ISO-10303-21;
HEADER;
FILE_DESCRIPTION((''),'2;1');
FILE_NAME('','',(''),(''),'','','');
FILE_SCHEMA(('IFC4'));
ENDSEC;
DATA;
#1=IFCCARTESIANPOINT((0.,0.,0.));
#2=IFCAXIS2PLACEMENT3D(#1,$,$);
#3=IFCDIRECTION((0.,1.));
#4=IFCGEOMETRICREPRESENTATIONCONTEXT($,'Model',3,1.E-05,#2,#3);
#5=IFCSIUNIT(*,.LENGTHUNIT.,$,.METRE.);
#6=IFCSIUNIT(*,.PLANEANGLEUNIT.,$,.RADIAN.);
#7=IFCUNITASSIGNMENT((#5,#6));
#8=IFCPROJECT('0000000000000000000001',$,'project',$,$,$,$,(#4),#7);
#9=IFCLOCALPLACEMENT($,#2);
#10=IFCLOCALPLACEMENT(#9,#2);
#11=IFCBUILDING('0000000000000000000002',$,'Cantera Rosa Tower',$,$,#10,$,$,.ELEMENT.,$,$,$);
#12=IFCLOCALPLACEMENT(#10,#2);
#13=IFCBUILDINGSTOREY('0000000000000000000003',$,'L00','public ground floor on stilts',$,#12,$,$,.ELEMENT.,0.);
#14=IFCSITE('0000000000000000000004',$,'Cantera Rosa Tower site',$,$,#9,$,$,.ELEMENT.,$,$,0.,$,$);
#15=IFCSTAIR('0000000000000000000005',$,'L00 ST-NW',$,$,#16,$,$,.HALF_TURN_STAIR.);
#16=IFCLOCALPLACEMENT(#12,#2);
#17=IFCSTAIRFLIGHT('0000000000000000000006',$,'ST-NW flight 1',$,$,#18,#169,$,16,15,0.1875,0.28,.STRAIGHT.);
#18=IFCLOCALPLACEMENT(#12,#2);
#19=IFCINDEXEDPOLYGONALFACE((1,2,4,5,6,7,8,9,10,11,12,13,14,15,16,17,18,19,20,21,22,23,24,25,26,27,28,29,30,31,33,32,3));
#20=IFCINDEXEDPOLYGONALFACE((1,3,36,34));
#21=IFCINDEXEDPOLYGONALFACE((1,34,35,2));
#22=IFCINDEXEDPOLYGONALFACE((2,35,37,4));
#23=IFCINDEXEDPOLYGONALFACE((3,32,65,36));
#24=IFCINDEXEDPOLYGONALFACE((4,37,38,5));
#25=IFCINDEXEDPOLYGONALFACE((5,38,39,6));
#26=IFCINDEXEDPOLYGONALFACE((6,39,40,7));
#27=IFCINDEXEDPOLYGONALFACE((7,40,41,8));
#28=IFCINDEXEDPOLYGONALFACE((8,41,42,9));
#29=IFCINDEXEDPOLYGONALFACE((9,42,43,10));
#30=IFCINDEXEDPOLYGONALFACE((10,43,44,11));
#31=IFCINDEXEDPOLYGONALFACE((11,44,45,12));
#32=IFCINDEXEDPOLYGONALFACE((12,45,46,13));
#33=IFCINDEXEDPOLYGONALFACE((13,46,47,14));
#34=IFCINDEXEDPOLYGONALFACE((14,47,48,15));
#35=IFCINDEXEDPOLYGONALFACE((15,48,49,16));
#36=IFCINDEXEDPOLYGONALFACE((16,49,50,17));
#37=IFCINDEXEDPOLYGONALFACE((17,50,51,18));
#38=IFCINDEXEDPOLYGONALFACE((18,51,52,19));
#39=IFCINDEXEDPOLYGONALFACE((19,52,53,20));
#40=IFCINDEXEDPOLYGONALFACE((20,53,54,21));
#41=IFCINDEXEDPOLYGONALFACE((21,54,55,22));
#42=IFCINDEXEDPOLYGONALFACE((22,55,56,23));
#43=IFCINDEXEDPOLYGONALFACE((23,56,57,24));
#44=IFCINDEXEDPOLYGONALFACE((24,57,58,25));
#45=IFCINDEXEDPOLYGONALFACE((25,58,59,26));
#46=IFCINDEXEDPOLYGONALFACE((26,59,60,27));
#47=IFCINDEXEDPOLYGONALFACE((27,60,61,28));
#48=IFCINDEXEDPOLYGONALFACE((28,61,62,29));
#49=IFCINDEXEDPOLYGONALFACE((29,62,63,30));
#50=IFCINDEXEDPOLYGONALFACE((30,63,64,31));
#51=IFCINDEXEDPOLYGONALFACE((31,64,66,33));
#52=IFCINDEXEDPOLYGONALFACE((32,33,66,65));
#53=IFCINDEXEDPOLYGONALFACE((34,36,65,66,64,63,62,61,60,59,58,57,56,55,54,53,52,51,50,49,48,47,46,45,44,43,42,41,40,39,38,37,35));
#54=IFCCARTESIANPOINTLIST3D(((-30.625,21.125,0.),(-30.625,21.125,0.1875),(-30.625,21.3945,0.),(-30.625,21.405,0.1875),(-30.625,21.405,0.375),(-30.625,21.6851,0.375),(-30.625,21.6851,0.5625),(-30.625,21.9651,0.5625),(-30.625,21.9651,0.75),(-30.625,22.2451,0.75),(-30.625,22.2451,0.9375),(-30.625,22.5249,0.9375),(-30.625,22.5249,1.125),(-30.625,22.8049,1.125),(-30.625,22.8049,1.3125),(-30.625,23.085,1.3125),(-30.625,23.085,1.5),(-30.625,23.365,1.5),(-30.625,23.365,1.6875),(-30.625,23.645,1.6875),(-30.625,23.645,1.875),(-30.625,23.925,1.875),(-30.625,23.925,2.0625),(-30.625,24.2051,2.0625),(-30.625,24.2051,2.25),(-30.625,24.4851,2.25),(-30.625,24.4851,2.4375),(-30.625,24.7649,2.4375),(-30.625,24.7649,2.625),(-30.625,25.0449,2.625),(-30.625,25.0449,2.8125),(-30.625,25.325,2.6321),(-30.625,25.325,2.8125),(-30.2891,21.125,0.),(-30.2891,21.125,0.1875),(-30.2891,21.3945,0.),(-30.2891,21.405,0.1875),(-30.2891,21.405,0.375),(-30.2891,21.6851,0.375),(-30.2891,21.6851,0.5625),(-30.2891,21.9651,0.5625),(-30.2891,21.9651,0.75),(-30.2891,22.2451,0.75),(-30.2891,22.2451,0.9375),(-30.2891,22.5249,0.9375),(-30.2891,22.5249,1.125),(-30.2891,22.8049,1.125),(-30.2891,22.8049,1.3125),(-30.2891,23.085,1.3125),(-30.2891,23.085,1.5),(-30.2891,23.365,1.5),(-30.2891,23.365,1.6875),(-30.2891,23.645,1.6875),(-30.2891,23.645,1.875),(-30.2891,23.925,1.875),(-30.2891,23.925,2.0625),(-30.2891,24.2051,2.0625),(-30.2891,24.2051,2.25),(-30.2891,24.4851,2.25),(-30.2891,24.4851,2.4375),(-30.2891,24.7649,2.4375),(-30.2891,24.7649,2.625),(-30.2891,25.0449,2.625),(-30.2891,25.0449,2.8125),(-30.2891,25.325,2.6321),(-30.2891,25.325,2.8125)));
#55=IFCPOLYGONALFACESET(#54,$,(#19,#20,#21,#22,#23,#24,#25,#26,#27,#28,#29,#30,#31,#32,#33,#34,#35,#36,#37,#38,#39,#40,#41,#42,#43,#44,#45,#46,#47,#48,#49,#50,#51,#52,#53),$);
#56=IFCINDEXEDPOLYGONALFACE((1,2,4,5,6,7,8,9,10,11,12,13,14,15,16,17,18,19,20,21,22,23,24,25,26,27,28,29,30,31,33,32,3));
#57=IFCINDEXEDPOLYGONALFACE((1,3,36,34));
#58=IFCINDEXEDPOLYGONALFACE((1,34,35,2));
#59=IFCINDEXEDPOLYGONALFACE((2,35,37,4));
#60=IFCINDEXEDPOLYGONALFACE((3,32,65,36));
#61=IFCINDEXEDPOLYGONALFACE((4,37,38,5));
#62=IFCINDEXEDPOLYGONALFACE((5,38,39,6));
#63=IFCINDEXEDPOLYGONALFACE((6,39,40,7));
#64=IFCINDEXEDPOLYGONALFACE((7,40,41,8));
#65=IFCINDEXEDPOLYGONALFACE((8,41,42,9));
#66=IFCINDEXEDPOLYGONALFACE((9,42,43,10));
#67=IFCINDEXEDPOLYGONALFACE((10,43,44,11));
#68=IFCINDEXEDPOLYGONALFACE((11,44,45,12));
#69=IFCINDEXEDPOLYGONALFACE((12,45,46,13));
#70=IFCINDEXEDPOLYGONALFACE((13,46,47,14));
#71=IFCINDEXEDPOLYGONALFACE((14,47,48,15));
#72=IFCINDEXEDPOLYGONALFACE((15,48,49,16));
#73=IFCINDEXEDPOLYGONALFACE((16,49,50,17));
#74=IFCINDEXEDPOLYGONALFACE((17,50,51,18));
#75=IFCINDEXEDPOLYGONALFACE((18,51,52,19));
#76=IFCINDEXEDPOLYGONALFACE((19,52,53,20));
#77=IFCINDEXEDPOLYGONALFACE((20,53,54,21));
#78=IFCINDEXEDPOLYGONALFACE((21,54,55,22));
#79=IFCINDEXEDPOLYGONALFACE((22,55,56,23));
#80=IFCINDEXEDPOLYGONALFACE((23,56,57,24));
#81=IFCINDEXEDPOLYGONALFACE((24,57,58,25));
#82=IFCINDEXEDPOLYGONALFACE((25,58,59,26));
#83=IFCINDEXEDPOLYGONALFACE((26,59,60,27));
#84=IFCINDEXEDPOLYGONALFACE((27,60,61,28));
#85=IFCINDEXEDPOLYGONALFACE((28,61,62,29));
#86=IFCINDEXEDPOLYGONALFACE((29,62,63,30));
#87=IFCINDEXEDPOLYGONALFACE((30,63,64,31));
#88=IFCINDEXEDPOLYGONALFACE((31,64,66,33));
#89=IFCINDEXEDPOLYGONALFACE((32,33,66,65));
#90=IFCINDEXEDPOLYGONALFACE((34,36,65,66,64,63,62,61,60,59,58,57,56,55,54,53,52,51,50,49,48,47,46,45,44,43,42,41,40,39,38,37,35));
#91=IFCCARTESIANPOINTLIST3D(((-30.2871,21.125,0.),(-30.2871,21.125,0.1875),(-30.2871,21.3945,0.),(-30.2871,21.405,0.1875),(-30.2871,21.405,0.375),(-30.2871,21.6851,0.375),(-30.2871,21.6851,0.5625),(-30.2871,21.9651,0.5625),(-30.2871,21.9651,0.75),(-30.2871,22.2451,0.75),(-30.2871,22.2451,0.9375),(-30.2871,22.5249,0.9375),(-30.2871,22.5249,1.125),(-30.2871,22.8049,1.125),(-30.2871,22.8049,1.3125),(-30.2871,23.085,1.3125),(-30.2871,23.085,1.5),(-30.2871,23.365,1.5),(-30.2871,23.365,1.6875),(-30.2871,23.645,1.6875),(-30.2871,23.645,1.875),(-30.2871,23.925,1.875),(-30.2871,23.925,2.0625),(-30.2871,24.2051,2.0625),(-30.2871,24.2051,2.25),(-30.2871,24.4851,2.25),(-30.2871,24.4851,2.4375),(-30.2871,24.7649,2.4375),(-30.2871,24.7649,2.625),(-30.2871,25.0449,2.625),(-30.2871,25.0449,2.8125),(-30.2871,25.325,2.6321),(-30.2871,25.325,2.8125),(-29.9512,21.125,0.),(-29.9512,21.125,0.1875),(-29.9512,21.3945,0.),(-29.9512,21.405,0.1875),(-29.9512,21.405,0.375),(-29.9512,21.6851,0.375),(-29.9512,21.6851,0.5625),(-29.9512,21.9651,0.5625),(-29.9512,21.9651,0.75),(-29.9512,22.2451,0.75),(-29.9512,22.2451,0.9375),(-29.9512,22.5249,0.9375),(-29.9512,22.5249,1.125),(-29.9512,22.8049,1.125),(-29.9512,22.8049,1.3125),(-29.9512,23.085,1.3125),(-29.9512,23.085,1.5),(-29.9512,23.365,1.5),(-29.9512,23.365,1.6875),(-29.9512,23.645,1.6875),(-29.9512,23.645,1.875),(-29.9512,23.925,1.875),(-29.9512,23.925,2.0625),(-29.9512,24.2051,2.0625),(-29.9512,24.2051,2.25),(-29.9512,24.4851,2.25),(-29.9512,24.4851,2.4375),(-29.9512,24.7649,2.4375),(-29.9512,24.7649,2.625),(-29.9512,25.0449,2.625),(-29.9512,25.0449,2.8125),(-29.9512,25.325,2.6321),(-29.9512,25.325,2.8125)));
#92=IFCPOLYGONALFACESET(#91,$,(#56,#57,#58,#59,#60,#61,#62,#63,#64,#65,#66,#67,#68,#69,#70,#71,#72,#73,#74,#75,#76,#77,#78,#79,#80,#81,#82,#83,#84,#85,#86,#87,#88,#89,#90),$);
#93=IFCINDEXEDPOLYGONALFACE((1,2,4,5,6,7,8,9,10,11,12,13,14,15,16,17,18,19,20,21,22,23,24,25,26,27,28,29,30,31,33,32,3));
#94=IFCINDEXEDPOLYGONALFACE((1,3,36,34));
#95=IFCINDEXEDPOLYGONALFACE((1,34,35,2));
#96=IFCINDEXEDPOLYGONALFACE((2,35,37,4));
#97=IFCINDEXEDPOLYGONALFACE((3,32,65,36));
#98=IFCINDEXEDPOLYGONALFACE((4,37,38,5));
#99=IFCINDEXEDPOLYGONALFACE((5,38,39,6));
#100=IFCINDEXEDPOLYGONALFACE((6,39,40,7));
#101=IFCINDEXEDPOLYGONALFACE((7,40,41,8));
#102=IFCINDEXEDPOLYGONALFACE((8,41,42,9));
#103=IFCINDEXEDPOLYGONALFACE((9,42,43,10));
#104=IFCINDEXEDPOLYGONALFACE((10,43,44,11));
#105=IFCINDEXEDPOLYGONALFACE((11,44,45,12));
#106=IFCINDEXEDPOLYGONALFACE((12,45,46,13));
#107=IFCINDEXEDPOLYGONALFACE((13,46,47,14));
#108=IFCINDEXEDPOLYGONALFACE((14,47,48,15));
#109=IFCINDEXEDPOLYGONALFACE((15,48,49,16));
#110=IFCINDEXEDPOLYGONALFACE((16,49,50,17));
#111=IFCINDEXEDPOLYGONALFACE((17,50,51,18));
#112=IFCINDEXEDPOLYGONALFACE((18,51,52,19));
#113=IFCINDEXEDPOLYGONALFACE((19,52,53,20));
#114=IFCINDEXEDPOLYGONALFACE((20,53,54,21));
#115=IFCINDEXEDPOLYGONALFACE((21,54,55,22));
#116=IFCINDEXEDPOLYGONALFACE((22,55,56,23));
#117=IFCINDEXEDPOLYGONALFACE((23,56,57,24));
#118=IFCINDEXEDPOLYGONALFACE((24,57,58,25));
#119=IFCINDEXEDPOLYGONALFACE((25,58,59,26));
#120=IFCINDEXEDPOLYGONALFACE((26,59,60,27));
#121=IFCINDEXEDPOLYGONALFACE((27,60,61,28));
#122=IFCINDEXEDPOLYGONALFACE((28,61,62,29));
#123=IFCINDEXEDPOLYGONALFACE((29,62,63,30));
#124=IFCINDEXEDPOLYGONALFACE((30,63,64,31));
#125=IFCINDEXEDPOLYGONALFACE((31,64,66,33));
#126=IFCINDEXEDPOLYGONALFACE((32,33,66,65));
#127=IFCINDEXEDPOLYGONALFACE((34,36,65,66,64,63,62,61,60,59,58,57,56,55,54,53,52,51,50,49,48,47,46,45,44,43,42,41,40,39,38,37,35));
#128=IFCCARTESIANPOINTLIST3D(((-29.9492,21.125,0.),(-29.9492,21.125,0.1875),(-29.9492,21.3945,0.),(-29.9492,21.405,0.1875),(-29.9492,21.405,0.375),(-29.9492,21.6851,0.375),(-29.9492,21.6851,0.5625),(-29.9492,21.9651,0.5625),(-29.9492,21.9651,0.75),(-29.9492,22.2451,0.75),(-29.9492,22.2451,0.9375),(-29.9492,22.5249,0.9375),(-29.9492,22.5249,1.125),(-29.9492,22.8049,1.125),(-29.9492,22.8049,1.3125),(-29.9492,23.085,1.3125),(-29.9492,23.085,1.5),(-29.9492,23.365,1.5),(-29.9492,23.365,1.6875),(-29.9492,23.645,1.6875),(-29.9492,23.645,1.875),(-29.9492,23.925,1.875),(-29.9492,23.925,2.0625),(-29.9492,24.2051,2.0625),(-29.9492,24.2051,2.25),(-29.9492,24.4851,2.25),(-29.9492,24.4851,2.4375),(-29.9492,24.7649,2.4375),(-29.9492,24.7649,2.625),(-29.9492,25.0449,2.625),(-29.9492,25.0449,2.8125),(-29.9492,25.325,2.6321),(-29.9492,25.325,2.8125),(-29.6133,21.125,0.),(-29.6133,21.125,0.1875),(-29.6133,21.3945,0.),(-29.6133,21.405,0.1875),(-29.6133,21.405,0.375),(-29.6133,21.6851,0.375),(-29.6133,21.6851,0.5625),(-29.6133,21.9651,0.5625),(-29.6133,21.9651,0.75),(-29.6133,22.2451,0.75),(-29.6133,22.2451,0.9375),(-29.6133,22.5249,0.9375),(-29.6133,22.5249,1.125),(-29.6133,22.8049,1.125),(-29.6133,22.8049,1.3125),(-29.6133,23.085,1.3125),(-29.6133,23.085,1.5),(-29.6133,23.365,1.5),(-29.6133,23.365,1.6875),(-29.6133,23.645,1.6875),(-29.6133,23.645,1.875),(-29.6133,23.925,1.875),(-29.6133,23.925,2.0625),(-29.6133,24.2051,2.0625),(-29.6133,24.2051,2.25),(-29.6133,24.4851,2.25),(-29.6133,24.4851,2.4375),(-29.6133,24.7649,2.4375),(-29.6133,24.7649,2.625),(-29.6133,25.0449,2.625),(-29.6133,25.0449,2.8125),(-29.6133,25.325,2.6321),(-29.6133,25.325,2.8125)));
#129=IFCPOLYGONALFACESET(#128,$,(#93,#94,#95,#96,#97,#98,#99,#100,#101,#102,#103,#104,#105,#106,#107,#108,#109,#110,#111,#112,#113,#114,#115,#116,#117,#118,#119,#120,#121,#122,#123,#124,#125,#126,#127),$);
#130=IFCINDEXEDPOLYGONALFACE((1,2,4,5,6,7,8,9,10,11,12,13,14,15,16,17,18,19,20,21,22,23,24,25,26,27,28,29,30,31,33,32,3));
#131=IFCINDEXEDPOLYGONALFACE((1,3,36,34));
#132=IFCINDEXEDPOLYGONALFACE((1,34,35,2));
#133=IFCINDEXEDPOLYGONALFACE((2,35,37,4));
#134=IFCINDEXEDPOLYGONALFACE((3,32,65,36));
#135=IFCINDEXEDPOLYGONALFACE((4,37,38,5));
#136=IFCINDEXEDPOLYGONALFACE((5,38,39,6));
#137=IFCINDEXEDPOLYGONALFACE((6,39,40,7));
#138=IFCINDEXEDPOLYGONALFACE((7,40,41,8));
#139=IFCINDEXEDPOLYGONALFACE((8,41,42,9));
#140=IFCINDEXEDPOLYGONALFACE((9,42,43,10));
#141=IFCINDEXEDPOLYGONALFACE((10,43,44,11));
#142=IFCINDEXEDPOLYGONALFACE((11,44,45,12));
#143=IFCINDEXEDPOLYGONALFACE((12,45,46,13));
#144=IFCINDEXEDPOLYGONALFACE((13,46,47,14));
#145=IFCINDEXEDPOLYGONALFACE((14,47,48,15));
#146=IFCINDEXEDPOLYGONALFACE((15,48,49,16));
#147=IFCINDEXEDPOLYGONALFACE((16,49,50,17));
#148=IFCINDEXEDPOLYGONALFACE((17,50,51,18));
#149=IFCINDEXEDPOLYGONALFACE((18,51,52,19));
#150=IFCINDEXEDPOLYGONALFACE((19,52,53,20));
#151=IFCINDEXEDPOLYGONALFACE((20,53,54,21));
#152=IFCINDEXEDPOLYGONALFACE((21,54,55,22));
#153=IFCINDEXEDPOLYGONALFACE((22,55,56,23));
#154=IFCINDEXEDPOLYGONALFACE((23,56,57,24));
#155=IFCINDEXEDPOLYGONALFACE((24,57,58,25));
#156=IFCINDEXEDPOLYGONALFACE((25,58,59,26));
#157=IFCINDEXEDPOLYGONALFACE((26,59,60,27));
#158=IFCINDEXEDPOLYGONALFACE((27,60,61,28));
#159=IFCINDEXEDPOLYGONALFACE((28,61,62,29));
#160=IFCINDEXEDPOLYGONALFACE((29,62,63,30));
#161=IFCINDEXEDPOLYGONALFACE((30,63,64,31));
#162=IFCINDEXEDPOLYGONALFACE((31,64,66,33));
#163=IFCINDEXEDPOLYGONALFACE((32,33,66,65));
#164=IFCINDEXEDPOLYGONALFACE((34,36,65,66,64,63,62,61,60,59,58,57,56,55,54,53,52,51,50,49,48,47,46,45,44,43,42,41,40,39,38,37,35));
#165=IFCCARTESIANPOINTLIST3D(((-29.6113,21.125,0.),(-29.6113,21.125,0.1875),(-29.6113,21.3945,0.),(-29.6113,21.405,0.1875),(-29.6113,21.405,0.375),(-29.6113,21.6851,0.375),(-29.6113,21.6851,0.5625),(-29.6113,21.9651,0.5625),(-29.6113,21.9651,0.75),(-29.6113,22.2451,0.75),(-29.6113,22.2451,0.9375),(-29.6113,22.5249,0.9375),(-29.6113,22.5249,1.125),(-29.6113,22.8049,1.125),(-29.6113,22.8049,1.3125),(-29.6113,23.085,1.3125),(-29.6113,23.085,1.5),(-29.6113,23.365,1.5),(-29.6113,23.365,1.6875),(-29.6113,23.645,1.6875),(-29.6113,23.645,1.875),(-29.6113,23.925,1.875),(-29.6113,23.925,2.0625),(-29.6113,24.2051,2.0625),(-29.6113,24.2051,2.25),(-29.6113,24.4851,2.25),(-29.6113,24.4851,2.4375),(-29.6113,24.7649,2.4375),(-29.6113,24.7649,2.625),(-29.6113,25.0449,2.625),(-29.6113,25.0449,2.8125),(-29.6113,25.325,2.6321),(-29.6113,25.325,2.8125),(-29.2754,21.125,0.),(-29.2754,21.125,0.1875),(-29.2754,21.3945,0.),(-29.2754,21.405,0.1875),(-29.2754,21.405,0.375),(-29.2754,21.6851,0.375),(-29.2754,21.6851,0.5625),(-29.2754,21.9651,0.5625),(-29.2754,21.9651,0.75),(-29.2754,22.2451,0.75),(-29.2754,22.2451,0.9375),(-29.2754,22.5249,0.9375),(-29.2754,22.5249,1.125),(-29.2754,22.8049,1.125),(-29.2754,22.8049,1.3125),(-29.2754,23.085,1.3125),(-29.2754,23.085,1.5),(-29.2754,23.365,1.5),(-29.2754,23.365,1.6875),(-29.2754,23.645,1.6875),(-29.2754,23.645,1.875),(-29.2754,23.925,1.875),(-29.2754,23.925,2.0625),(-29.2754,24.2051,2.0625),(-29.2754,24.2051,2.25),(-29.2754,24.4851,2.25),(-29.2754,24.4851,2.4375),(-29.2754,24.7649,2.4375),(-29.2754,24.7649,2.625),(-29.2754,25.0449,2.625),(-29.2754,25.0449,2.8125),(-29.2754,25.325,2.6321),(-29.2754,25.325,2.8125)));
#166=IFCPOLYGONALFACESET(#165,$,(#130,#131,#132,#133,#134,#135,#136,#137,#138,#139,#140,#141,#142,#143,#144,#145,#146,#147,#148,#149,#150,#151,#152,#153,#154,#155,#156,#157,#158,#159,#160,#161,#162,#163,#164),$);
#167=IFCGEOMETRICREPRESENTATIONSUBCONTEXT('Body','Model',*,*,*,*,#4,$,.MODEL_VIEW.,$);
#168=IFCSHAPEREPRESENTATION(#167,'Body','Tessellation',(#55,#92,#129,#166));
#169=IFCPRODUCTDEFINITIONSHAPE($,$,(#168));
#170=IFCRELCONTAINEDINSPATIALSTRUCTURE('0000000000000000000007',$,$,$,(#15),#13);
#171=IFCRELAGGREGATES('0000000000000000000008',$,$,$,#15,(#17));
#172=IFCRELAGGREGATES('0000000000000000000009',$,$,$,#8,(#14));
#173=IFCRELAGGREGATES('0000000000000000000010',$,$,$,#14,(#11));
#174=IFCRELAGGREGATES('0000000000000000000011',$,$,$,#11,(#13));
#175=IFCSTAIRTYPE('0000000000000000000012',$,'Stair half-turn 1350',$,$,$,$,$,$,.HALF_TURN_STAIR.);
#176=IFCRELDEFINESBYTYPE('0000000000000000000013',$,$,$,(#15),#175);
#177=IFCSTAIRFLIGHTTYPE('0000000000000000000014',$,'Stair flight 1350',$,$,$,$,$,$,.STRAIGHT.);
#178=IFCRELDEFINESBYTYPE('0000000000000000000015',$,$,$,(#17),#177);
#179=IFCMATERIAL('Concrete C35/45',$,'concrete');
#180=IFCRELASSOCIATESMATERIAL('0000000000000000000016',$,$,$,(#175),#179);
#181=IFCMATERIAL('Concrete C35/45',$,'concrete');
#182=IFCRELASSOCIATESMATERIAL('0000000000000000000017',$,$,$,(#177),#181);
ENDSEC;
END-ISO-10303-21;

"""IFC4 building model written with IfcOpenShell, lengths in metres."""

from ifc_helpers import new_model, si_unit, direction, frame, origin, place, context, subcontext, project, spatial, polyline, outline, extrude, material, type_object, element, aggregate, save


model = new_model("IFC4")

# Units and contexts
model_context = context("Model", 3, precision=1e-05, world=origin(), true_north=direction((0.0, 1.0)))
body_context = subcontext(model_context, "Body", "Model", "MODEL_VIEW")
ifc_project = project(units=[si_unit("LENGTHUNIT", "METRE"), si_unit("PLANEANGLEUNIT", "RADIAN")], contexts=[model_context])

# Site, building, storey
site_placement = place(None, origin())
site = spatial("IfcSite", under=ifc_project, at=site_placement, Name="Cantera Rosa Tower site", CompositionType="ELEMENT", RefElevation=0.0)
building_placement = place(site_placement, origin())
building = spatial("IfcBuilding", under=site, at=building_placement, Name="Cantera Rosa Tower", CompositionType="ELEMENT")
storey_placement = place(building_placement, origin())
storey = spatial("IfcBuildingStorey", under=building, at=storey_placement, Name="L00", Description="public ground floor on stilts", CompositionType="ELEMENT", Elevation=0.0)

# Stair, stair flight
ifc_material_1 = material(Name="Concrete C35/45", Category="concrete")
stair_type = type_object("IfcStairType", Name="Stair half-turn 1350", PredefinedType="HALF_TURN_STAIR", material=ifc_material_1)
stair_placement = place(storey_placement, origin())
stair = element("IfcStair", 1, at=stair_placement, inside=storey, type_object=stair_type, Name="L00 ST-NW", PredefinedType="HALF_TURN_STAIR")
ifc_material_2 = material(Name="Concrete C35/45", Category="concrete")
stair_flight_type = type_object("IfcStairFlightType", Name="Stair flight 1350", PredefinedType="STRAIGHT", material=ifc_material_2)
stair_flight_1_placement = place(storey_placement, frame((-29.95, 21.125, 0.0), z_axis=(0.0, 0.0, 1.0), x_axis=(0.0, 1.0, 0.0)))
stair_flight_1 = element("IfcStairFlight", 2, at=stair_flight_1_placement, type_object=stair_flight_type, Name="ST-NW flight 1", NumberOfRisers=16, NumberOfTreads=15, PredefinedType="STRAIGHT", RiserHeight=0.1875, TreadLength=0.28, context=body_context, shape_type="SweptSolid", body=[
    extrude(outline(polyline([(0.0, 0.0), (0.0, 0.1875), (0.28, 0.1875), (0.28, 0.375), (0.5601, 0.375), (0.5601, 0.5625), (0.8401, 0.5625), (0.8401, 0.75), (1.1201, 0.75), (1.1201, 0.9375), (1.3999, 0.9375), (1.3999, 1.125), (1.6799, 1.125), (1.6799, 1.3125), (1.96, 1.3125), (1.96, 1.5), (2.24, 1.5), (2.24, 1.6875), (2.52, 1.6875), (2.52, 1.875), (2.8, 1.875), (2.8, 2.0625), (3.0801, 2.0625), (3.0801, 2.25), (3.3601, 2.25), (3.3601, 2.4375), (3.6399, 2.4375), (3.6399, 2.625), (3.9199, 2.625), (3.9199, 2.8125), (4.2, 2.8125), (4.2, 3.0), (4.2, 2.6321), (0.2695, 0.0), (0.0, 0.0)])), frame((0.0, 0.675, 0.0), z_axis=(0.0, -1.0, 0.0), x_axis=(1.0, 0.0, 0.0)), (0.0, 0.0, 1.0), 0.3359),
    extrude(outline(polyline([(0.0, 0.0), (0.0, 0.1875), (0.28, 0.1875), (0.28, 0.375), (0.5601, 0.375), (0.5601, 0.5625), (0.8401, 0.5625), (0.8401, 0.75), (1.1201, 0.75), (1.1201, 0.9375), (1.3999, 0.9375), (1.3999, 1.125), (1.6799, 1.125), (1.6799, 1.3125), (1.96, 1.3125), (1.96, 1.5), (2.24, 1.5), (2.24, 1.6875), (2.52, 1.6875), (2.52, 1.875), (2.8, 1.875), (2.8, 2.0625), (3.0801, 2.0625), (3.0801, 2.25), (3.3601, 2.25), (3.3601, 2.4375), (3.6399, 2.4375), (3.6399, 2.625), (3.9199, 2.625), (3.9199, 2.8125), (4.2, 2.8125), (4.2, 3.0), (4.2, 2.6321), (0.2695, 0.0), (0.0, 0.0)])), frame((0.0, 0.3372, 0.0), z_axis=(0.0, -1.0, 0.0), x_axis=(1.0, 0.0, 0.0)), (0.0, 0.0, 1.0), 0.3359),
    extrude(outline(polyline([(0.0, 0.0), (0.0, 0.1875), (0.28, 0.1875), (0.28, 0.375), (0.5601, 0.375), (0.5601, 0.5625), (0.8401, 0.5625), (0.8401, 0.75), (1.1201, 0.75), (1.1201, 0.9375), (1.3999, 0.9375), (1.3999, 1.125), (1.6799, 1.125), (1.6799, 1.3125), (1.96, 1.3125), (1.96, 1.5), (2.24, 1.5), (2.24, 1.6875), (2.52, 1.6875), (2.52, 1.875), (2.8, 1.875), (2.8, 2.0625), (3.0801, 2.0625), (3.0801, 2.25), (3.3601, 2.25), (3.3601, 2.4375), (3.6399, 2.4375), (3.6399, 2.625), (3.9199, 2.625), (3.9199, 2.8125), (4.2, 2.8125), (4.2, 3.0), (4.2, 2.6321), (0.2695, 0.0), (0.0, 0.0)])), frame((0.0, -0.0007, 0.0), z_axis=(0.0, -1.0, 0.0), x_axis=(1.0, 0.0, 0.0)), (0.0, 0.0, 1.0), 0.3359),
    extrude(outline(polyline([(0.0, 0.0), (0.0, 0.1875), (0.28, 0.1875), (0.28, 0.375), (0.5601, 0.375), (0.5601, 0.5625), (0.8401, 0.5625), (0.8401, 0.75), (1.1201, 0.75), (1.1201, 0.9375), (1.3999, 0.9375), (1.3999, 1.125), (1.6799, 1.125), (1.6799, 1.3125), (1.96, 1.3125), (1.96, 1.5), (2.24, 1.5), (2.24, 1.6875), (2.52, 1.6875), (2.52, 1.875), (2.8, 1.875), (2.8, 2.0625), (3.0801, 2.0625), (3.0801, 2.25), (3.3601, 2.25), (3.3601, 2.4375), (3.6399, 2.4375), (3.6399, 2.625), (3.9199, 2.625), (3.9199, 2.8125), (4.2, 2.8125), (4.2, 3.0), (4.2, 2.6321), (0.2695, 0.0), (0.0, 0.0)])), frame((0.0, -0.3386, 0.0), z_axis=(0.0, -1.0, 0.0), x_axis=(1.0, 0.0, 0.0)), (0.0, 0.0, 1.0), 0.3359),
])
aggregate(stair, [stair_flight_1])

save(model, "model.ifc")
